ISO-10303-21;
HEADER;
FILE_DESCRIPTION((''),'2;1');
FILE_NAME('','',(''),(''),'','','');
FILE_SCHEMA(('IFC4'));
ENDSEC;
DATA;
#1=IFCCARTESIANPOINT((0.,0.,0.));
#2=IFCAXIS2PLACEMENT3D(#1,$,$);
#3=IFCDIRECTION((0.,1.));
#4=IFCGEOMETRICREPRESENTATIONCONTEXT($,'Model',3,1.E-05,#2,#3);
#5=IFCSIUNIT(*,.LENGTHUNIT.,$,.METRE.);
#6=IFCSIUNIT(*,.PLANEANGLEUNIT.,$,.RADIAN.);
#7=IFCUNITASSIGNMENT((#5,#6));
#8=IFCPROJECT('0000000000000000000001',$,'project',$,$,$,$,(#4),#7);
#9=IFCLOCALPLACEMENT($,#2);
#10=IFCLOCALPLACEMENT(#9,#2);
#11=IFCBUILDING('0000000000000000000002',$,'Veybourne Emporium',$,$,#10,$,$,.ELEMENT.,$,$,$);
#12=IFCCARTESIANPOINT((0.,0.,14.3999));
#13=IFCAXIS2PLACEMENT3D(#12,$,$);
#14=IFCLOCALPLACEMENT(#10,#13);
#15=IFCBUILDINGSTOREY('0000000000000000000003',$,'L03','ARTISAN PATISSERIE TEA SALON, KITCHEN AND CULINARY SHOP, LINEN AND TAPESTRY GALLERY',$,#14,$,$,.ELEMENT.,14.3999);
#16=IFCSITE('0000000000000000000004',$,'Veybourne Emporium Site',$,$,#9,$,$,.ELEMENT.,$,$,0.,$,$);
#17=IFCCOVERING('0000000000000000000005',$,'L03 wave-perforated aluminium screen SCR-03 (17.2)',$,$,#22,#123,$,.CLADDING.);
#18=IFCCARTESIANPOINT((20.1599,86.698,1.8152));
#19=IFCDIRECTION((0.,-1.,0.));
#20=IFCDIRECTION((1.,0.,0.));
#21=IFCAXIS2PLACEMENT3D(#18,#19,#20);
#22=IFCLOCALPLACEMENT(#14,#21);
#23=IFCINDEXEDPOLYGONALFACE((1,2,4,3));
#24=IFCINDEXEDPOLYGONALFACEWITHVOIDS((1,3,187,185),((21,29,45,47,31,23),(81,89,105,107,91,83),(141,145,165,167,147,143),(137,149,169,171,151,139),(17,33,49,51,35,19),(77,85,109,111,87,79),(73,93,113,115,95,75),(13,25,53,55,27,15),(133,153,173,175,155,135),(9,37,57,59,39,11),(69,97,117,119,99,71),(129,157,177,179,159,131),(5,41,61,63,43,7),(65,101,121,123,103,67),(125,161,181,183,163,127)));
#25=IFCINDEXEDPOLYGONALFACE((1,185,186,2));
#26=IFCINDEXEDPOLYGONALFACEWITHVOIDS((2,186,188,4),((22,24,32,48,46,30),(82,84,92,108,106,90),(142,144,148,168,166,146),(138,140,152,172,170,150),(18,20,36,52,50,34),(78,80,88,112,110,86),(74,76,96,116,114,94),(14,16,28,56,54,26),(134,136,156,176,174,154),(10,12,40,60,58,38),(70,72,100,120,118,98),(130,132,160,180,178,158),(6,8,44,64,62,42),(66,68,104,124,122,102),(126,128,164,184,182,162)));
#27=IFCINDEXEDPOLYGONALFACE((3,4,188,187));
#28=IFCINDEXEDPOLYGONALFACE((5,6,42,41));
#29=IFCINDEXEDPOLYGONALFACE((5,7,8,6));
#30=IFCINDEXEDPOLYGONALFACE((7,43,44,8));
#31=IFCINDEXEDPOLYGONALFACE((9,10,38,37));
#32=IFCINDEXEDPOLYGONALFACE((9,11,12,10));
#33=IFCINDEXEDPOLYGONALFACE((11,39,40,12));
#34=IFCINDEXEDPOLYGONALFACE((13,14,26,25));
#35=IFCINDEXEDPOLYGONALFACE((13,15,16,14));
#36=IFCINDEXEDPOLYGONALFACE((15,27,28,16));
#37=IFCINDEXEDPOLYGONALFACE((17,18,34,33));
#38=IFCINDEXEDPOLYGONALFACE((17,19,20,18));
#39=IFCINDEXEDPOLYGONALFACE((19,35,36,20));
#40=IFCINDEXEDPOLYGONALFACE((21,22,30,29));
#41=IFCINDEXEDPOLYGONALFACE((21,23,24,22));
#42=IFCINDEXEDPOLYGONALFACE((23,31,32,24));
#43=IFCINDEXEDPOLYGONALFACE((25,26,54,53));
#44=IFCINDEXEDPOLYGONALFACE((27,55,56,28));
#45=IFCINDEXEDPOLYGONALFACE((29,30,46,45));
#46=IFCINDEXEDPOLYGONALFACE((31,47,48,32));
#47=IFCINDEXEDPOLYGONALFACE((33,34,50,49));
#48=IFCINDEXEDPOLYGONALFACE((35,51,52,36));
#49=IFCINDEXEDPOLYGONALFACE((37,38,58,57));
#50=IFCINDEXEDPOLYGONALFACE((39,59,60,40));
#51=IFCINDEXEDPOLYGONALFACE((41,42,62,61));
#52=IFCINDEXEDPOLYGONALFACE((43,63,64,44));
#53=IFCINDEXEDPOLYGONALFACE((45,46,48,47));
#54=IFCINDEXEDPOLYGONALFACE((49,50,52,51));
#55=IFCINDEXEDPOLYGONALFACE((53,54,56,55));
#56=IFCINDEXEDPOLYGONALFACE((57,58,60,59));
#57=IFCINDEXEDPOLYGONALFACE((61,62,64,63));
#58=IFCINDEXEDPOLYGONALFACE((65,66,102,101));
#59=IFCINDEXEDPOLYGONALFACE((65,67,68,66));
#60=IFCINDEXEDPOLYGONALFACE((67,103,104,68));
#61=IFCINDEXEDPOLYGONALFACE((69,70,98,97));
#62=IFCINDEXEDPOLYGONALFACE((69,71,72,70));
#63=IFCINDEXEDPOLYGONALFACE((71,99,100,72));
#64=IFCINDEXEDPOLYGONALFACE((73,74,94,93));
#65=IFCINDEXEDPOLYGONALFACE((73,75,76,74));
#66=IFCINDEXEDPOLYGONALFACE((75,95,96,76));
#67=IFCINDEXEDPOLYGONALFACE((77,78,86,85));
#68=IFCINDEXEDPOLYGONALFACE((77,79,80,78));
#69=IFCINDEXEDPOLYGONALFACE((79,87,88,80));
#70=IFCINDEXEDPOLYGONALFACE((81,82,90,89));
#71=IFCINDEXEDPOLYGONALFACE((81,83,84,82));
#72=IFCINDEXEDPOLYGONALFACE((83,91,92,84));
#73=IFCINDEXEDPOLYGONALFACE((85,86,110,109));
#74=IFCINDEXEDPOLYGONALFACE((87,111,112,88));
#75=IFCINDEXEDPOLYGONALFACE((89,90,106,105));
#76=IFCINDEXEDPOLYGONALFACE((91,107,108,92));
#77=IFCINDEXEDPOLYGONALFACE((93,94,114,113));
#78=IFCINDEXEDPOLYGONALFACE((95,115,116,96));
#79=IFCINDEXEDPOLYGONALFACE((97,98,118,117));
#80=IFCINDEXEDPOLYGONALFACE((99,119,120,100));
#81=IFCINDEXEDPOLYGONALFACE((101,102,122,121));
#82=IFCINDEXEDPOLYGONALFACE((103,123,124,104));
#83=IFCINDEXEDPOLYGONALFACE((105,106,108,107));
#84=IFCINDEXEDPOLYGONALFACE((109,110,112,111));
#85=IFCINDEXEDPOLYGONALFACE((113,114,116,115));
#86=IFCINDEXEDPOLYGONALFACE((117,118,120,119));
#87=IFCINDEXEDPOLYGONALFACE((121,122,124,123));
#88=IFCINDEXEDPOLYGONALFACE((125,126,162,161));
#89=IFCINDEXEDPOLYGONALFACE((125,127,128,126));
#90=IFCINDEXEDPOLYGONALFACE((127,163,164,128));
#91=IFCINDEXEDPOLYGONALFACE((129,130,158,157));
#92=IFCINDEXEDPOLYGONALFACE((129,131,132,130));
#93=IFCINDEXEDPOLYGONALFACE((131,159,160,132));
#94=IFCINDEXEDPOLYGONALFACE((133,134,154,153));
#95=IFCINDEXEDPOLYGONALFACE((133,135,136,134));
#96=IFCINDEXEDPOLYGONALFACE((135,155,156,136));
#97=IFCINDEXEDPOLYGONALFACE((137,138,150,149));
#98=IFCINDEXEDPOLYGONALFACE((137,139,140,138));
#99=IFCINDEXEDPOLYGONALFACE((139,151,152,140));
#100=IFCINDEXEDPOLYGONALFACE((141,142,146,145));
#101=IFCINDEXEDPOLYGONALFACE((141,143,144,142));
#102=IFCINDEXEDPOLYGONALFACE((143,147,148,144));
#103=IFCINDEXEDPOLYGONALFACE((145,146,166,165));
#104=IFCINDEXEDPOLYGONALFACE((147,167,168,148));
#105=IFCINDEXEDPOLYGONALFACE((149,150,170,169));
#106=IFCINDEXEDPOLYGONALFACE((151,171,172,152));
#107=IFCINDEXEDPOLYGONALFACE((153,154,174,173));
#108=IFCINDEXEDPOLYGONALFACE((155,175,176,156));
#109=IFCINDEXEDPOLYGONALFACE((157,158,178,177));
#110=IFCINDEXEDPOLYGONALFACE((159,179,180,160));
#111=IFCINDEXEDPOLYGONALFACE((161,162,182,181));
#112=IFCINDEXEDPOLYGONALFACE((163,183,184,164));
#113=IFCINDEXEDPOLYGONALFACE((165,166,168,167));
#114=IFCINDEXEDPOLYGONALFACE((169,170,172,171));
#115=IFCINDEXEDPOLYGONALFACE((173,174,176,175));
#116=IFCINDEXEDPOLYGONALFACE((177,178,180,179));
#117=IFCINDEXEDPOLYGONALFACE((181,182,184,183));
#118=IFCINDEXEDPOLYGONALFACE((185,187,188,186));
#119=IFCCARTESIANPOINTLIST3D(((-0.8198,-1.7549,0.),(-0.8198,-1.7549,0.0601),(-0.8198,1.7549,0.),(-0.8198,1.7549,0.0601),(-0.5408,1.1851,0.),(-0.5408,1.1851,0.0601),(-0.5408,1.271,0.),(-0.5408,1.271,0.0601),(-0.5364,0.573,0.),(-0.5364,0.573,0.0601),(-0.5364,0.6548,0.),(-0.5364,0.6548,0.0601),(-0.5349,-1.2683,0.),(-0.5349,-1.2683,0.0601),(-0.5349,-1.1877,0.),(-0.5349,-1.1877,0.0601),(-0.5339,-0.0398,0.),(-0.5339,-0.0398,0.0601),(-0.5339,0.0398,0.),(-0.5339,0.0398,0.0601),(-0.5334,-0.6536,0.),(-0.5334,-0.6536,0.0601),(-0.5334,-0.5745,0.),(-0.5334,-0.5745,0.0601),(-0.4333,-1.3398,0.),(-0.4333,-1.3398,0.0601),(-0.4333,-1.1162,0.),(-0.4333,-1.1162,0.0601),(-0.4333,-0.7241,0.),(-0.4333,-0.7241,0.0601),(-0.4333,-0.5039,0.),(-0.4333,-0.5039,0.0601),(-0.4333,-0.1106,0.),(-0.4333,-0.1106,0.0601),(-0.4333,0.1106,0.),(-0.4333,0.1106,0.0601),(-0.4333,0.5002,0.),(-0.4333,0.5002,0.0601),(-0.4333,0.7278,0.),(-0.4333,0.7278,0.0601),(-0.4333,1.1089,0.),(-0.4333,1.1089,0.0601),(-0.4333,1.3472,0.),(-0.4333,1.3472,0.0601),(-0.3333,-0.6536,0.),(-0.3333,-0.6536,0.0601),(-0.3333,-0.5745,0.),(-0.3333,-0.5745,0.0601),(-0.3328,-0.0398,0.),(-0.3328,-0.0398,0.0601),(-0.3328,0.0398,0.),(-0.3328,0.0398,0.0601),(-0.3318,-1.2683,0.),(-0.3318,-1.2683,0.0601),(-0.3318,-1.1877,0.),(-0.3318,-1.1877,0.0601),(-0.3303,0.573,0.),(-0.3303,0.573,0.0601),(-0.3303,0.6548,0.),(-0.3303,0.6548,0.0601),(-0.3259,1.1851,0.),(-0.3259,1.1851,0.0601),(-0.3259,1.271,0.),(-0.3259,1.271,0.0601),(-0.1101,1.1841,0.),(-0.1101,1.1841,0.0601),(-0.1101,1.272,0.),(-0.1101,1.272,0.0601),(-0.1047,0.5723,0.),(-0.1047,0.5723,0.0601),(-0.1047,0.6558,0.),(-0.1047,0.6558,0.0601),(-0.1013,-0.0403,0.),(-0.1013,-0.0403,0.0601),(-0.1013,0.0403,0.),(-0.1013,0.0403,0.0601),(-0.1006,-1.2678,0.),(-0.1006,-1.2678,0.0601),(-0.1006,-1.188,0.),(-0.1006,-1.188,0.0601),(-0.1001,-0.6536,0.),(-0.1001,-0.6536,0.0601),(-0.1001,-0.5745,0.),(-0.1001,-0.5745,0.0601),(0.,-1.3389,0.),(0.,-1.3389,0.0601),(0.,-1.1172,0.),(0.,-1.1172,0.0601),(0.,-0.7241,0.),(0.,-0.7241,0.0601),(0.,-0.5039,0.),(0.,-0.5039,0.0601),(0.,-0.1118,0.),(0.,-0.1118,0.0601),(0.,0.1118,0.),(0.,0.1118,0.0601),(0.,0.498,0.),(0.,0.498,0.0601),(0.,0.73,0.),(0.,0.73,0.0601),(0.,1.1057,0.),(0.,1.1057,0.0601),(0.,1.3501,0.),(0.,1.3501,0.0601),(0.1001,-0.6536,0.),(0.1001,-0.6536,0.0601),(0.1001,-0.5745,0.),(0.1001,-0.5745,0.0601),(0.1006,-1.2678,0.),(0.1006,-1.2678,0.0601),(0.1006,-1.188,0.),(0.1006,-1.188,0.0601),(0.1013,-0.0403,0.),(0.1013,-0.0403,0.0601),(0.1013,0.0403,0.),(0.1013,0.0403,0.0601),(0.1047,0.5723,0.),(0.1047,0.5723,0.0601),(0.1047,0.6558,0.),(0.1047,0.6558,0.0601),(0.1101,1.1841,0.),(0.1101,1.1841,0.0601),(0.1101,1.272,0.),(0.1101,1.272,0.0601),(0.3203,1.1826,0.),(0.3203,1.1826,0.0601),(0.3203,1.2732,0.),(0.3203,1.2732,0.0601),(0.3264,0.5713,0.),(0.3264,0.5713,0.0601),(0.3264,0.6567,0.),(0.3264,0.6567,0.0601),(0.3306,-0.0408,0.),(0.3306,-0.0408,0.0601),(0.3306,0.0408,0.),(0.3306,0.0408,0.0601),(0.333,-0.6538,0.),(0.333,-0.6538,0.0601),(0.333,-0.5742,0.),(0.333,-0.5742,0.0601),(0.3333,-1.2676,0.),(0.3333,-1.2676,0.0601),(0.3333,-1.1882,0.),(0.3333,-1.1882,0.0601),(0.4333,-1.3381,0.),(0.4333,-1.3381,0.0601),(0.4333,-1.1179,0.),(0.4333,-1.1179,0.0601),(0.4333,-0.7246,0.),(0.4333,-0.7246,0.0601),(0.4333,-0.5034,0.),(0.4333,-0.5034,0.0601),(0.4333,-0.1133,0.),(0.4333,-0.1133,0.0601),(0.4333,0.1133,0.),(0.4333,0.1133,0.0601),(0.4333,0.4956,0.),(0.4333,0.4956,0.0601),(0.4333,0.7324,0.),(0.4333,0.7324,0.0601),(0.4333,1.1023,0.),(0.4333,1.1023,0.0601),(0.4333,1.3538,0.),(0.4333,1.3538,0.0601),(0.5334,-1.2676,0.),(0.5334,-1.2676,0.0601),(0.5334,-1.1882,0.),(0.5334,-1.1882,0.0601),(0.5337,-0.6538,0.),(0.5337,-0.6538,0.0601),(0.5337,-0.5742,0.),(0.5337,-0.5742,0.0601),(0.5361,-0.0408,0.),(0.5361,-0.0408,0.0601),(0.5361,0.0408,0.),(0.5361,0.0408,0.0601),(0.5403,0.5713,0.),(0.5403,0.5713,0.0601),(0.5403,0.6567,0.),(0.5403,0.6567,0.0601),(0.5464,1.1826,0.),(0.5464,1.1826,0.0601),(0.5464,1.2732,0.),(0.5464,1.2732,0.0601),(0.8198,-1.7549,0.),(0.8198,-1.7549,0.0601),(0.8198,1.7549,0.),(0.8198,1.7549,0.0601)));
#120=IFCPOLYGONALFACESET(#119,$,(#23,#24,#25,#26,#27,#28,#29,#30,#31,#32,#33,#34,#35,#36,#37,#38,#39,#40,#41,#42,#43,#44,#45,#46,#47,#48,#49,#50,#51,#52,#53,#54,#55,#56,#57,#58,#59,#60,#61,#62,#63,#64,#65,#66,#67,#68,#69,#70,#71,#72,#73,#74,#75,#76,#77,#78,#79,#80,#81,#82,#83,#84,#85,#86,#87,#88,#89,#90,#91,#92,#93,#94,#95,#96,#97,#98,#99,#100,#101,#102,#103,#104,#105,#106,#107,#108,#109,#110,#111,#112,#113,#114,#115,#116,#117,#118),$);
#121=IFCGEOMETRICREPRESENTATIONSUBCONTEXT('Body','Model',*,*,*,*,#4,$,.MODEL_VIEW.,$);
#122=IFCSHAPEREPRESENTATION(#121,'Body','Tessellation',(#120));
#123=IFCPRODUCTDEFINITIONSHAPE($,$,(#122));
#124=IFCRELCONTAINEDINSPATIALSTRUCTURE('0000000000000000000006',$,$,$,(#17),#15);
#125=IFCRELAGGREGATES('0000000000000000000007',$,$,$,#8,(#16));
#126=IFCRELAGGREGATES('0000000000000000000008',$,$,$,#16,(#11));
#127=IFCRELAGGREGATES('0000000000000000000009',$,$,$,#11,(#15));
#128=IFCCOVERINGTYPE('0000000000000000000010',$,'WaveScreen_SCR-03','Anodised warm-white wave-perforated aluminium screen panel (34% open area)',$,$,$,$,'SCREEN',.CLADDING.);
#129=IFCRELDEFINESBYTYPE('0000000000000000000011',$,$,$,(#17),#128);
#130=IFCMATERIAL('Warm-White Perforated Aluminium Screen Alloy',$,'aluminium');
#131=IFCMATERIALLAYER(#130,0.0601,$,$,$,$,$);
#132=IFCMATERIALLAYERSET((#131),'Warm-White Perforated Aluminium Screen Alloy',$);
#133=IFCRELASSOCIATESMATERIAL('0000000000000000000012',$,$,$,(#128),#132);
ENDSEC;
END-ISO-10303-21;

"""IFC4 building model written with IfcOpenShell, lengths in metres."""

from ifc_helpers import new_model, si_unit, direction, frame, origin, place, context, subcontext, project, spatial, polyline, outline, extrude, material, layer, layer_set, type_object, element, save


model = new_model("IFC4")

# Units and contexts
model_context = context("Model", 3, precision=1e-05, world=origin(), true_north=direction((0.0, 1.0)))
body_context = subcontext(model_context, "Body", "Model", "MODEL_VIEW")
ifc_project = project(units=[si_unit("LENGTHUNIT", "METRE"), si_unit("PLANEANGLEUNIT", "RADIAN")], contexts=[model_context])

# Site, building, storey
site_placement = place(None, origin())
site = spatial("IfcSite", under=ifc_project, at=site_placement, Name="Veybourne Emporium Site", CompositionType="ELEMENT", RefElevation=0.0)
building_placement = place(site_placement, origin())
building = spatial("IfcBuilding", under=site, at=building_placement, Name="Veybourne Emporium", CompositionType="ELEMENT")
storey_placement = place(building_placement, frame((0.0, 0.0, 14.3999)))
storey = spatial("IfcBuildingStorey", under=building, at=storey_placement, Name="L03", Description="ARTISAN PATISSERIE TEA SALON, KITCHEN AND CULINARY SHOP, LINEN AND TAPESTRY GALLERY", CompositionType="ELEMENT", Elevation=14.3999)

# Covering
ifc_material_1 = material(Name="Warm-White Perforated Aluminium Screen Alloy", Category="aluminium")
ifc_layer_1 = layer(ifc_material_1, 0.0601)
ifc_layer_set_1 = layer_set([ifc_layer_1], Name="Warm-White Perforated Aluminium Screen Alloy")
covering_type_1 = type_object("IfcCoveringType", Name="WaveScreen_SCR-03", Description="Anodised warm-white wave-perforated aluminium screen panel (34% open area)", ElementType="SCREEN", PredefinedType="CLADDING", material=ifc_layer_set_1)
covering_1_placement = place(storey_placement, frame((20.1599, 86.698, 1.8152), z_axis=(0.0, -1.0, 0.0), x_axis=(1.0, 0.0, 0.0)))
element("IfcCovering", 1, at=covering_1_placement, inside=storey, type_object=covering_type_1, Name="L03 wave-perforated aluminium screen SCR-03 (17.2)", PredefinedType="CLADDING", context=body_context, shape_type="SweptSolid", body=[
    extrude(outline(polyline([(-0.8198, -1.7549), (0.8198, -1.7549), (0.8198, 1.7549), (-0.8198, 1.7549), (-0.8198, -1.7549)]), holes=[polyline([(-0.4333, -1.1162), (-0.3318, -1.1877), (-0.3318, -1.2683), (-0.4333, -1.3398), (-0.5349, -1.2683), (-0.5349, -1.1877), (-0.4333, -1.1162)]), polyline([(-0.4333, -0.5039), (-0.3333, -0.5745), (-0.3333, -0.6536), (-0.4333, -0.7241), (-0.5334, -0.6536), (-0.5334, -0.5745), (-0.4333, -0.5039)]), polyline([(-0.4333, 0.1106), (-0.3328, 0.0398), (-0.3328, -0.0398), (-0.4333, -0.1106), (-0.5339, -0.0398), (-0.5339, 0.0398), (-0.4333, 0.1106)]), polyline([(-0.4333, 0.7278), (-0.3303, 0.6548), (-0.3303, 0.573), (-0.4333, 0.5002), (-0.5364, 0.573), (-0.5364, 0.6548), (-0.4333, 0.7278)]), polyline([(-0.4333, 1.3472), (-0.3259, 1.271), (-0.3259, 1.1851), (-0.4333, 1.1089), (-0.5408, 1.1851), (-0.5408, 1.271), (-0.4333, 1.3472)]), polyline([(0.0, -1.1172), (0.1006, -1.188), (0.1006, -1.2678), (0.0, -1.3389), (-0.1006, -1.2678), (-0.1006, -1.188), (0.0, -1.1172)]), polyline([(0.0, -0.5039), (0.1001, -0.5745), (0.1001, -0.6536), (0.0, -0.7241), (-0.1001, -0.6536), (-0.1001, -0.5745), (0.0, -0.5039)]), polyline([(0.0, 0.1118), (0.1013, 0.0403), (0.1013, -0.0403), (0.0, -0.1118), (-0.1013, -0.0403), (-0.1013, 0.0403), (0.0, 0.1118)]), polyline([(0.0, 0.73), (0.1047, 0.6558), (0.1047, 0.5723), (0.0, 0.498), (-0.1047, 0.5723), (-0.1047, 0.6558), (0.0, 0.73)]), polyline([(0.0, 1.3501), (0.1101, 1.272), (0.1101, 1.1841), (0.0, 1.1057), (-0.1101, 1.1841), (-0.1101, 1.272), (0.0, 1.3501)]), polyline([(0.4333, -1.1179), (0.5334, -1.1882), (0.5334, -1.2676), (0.4333, -1.3381), (0.3333, -1.2676), (0.3333, -1.1882), (0.4333, -1.1179)]), polyline([(0.4333, -0.5034), (0.5337, -0.5742), (0.5337, -0.6538), (0.4333, -0.7246), (0.333, -0.6538), (0.333, -0.5742), (0.4333, -0.5034)]), polyline([(0.4333, 0.1133), (0.5361, 0.0408), (0.5361, -0.0408), (0.4333, -0.1133), (0.3306, -0.0408), (0.3306, 0.0408), (0.4333, 0.1133)]), polyline([(0.4333, 0.7324), (0.5403, 0.6567), (0.5403, 0.5713), (0.4333, 0.4956), (0.3264, 0.5713), (0.3264, 0.6567), (0.4333, 0.7324)]), polyline([(0.4333, 1.3538), (0.5464, 1.2732), (0.5464, 1.1826), (0.4333, 1.1023), (0.3203, 1.1826), (0.3203, 1.2732), (0.4333, 1.3538)])]), origin(), (0.0, 0.0, 1.0), 0.0601),
])

save(model, "model.ifc")
